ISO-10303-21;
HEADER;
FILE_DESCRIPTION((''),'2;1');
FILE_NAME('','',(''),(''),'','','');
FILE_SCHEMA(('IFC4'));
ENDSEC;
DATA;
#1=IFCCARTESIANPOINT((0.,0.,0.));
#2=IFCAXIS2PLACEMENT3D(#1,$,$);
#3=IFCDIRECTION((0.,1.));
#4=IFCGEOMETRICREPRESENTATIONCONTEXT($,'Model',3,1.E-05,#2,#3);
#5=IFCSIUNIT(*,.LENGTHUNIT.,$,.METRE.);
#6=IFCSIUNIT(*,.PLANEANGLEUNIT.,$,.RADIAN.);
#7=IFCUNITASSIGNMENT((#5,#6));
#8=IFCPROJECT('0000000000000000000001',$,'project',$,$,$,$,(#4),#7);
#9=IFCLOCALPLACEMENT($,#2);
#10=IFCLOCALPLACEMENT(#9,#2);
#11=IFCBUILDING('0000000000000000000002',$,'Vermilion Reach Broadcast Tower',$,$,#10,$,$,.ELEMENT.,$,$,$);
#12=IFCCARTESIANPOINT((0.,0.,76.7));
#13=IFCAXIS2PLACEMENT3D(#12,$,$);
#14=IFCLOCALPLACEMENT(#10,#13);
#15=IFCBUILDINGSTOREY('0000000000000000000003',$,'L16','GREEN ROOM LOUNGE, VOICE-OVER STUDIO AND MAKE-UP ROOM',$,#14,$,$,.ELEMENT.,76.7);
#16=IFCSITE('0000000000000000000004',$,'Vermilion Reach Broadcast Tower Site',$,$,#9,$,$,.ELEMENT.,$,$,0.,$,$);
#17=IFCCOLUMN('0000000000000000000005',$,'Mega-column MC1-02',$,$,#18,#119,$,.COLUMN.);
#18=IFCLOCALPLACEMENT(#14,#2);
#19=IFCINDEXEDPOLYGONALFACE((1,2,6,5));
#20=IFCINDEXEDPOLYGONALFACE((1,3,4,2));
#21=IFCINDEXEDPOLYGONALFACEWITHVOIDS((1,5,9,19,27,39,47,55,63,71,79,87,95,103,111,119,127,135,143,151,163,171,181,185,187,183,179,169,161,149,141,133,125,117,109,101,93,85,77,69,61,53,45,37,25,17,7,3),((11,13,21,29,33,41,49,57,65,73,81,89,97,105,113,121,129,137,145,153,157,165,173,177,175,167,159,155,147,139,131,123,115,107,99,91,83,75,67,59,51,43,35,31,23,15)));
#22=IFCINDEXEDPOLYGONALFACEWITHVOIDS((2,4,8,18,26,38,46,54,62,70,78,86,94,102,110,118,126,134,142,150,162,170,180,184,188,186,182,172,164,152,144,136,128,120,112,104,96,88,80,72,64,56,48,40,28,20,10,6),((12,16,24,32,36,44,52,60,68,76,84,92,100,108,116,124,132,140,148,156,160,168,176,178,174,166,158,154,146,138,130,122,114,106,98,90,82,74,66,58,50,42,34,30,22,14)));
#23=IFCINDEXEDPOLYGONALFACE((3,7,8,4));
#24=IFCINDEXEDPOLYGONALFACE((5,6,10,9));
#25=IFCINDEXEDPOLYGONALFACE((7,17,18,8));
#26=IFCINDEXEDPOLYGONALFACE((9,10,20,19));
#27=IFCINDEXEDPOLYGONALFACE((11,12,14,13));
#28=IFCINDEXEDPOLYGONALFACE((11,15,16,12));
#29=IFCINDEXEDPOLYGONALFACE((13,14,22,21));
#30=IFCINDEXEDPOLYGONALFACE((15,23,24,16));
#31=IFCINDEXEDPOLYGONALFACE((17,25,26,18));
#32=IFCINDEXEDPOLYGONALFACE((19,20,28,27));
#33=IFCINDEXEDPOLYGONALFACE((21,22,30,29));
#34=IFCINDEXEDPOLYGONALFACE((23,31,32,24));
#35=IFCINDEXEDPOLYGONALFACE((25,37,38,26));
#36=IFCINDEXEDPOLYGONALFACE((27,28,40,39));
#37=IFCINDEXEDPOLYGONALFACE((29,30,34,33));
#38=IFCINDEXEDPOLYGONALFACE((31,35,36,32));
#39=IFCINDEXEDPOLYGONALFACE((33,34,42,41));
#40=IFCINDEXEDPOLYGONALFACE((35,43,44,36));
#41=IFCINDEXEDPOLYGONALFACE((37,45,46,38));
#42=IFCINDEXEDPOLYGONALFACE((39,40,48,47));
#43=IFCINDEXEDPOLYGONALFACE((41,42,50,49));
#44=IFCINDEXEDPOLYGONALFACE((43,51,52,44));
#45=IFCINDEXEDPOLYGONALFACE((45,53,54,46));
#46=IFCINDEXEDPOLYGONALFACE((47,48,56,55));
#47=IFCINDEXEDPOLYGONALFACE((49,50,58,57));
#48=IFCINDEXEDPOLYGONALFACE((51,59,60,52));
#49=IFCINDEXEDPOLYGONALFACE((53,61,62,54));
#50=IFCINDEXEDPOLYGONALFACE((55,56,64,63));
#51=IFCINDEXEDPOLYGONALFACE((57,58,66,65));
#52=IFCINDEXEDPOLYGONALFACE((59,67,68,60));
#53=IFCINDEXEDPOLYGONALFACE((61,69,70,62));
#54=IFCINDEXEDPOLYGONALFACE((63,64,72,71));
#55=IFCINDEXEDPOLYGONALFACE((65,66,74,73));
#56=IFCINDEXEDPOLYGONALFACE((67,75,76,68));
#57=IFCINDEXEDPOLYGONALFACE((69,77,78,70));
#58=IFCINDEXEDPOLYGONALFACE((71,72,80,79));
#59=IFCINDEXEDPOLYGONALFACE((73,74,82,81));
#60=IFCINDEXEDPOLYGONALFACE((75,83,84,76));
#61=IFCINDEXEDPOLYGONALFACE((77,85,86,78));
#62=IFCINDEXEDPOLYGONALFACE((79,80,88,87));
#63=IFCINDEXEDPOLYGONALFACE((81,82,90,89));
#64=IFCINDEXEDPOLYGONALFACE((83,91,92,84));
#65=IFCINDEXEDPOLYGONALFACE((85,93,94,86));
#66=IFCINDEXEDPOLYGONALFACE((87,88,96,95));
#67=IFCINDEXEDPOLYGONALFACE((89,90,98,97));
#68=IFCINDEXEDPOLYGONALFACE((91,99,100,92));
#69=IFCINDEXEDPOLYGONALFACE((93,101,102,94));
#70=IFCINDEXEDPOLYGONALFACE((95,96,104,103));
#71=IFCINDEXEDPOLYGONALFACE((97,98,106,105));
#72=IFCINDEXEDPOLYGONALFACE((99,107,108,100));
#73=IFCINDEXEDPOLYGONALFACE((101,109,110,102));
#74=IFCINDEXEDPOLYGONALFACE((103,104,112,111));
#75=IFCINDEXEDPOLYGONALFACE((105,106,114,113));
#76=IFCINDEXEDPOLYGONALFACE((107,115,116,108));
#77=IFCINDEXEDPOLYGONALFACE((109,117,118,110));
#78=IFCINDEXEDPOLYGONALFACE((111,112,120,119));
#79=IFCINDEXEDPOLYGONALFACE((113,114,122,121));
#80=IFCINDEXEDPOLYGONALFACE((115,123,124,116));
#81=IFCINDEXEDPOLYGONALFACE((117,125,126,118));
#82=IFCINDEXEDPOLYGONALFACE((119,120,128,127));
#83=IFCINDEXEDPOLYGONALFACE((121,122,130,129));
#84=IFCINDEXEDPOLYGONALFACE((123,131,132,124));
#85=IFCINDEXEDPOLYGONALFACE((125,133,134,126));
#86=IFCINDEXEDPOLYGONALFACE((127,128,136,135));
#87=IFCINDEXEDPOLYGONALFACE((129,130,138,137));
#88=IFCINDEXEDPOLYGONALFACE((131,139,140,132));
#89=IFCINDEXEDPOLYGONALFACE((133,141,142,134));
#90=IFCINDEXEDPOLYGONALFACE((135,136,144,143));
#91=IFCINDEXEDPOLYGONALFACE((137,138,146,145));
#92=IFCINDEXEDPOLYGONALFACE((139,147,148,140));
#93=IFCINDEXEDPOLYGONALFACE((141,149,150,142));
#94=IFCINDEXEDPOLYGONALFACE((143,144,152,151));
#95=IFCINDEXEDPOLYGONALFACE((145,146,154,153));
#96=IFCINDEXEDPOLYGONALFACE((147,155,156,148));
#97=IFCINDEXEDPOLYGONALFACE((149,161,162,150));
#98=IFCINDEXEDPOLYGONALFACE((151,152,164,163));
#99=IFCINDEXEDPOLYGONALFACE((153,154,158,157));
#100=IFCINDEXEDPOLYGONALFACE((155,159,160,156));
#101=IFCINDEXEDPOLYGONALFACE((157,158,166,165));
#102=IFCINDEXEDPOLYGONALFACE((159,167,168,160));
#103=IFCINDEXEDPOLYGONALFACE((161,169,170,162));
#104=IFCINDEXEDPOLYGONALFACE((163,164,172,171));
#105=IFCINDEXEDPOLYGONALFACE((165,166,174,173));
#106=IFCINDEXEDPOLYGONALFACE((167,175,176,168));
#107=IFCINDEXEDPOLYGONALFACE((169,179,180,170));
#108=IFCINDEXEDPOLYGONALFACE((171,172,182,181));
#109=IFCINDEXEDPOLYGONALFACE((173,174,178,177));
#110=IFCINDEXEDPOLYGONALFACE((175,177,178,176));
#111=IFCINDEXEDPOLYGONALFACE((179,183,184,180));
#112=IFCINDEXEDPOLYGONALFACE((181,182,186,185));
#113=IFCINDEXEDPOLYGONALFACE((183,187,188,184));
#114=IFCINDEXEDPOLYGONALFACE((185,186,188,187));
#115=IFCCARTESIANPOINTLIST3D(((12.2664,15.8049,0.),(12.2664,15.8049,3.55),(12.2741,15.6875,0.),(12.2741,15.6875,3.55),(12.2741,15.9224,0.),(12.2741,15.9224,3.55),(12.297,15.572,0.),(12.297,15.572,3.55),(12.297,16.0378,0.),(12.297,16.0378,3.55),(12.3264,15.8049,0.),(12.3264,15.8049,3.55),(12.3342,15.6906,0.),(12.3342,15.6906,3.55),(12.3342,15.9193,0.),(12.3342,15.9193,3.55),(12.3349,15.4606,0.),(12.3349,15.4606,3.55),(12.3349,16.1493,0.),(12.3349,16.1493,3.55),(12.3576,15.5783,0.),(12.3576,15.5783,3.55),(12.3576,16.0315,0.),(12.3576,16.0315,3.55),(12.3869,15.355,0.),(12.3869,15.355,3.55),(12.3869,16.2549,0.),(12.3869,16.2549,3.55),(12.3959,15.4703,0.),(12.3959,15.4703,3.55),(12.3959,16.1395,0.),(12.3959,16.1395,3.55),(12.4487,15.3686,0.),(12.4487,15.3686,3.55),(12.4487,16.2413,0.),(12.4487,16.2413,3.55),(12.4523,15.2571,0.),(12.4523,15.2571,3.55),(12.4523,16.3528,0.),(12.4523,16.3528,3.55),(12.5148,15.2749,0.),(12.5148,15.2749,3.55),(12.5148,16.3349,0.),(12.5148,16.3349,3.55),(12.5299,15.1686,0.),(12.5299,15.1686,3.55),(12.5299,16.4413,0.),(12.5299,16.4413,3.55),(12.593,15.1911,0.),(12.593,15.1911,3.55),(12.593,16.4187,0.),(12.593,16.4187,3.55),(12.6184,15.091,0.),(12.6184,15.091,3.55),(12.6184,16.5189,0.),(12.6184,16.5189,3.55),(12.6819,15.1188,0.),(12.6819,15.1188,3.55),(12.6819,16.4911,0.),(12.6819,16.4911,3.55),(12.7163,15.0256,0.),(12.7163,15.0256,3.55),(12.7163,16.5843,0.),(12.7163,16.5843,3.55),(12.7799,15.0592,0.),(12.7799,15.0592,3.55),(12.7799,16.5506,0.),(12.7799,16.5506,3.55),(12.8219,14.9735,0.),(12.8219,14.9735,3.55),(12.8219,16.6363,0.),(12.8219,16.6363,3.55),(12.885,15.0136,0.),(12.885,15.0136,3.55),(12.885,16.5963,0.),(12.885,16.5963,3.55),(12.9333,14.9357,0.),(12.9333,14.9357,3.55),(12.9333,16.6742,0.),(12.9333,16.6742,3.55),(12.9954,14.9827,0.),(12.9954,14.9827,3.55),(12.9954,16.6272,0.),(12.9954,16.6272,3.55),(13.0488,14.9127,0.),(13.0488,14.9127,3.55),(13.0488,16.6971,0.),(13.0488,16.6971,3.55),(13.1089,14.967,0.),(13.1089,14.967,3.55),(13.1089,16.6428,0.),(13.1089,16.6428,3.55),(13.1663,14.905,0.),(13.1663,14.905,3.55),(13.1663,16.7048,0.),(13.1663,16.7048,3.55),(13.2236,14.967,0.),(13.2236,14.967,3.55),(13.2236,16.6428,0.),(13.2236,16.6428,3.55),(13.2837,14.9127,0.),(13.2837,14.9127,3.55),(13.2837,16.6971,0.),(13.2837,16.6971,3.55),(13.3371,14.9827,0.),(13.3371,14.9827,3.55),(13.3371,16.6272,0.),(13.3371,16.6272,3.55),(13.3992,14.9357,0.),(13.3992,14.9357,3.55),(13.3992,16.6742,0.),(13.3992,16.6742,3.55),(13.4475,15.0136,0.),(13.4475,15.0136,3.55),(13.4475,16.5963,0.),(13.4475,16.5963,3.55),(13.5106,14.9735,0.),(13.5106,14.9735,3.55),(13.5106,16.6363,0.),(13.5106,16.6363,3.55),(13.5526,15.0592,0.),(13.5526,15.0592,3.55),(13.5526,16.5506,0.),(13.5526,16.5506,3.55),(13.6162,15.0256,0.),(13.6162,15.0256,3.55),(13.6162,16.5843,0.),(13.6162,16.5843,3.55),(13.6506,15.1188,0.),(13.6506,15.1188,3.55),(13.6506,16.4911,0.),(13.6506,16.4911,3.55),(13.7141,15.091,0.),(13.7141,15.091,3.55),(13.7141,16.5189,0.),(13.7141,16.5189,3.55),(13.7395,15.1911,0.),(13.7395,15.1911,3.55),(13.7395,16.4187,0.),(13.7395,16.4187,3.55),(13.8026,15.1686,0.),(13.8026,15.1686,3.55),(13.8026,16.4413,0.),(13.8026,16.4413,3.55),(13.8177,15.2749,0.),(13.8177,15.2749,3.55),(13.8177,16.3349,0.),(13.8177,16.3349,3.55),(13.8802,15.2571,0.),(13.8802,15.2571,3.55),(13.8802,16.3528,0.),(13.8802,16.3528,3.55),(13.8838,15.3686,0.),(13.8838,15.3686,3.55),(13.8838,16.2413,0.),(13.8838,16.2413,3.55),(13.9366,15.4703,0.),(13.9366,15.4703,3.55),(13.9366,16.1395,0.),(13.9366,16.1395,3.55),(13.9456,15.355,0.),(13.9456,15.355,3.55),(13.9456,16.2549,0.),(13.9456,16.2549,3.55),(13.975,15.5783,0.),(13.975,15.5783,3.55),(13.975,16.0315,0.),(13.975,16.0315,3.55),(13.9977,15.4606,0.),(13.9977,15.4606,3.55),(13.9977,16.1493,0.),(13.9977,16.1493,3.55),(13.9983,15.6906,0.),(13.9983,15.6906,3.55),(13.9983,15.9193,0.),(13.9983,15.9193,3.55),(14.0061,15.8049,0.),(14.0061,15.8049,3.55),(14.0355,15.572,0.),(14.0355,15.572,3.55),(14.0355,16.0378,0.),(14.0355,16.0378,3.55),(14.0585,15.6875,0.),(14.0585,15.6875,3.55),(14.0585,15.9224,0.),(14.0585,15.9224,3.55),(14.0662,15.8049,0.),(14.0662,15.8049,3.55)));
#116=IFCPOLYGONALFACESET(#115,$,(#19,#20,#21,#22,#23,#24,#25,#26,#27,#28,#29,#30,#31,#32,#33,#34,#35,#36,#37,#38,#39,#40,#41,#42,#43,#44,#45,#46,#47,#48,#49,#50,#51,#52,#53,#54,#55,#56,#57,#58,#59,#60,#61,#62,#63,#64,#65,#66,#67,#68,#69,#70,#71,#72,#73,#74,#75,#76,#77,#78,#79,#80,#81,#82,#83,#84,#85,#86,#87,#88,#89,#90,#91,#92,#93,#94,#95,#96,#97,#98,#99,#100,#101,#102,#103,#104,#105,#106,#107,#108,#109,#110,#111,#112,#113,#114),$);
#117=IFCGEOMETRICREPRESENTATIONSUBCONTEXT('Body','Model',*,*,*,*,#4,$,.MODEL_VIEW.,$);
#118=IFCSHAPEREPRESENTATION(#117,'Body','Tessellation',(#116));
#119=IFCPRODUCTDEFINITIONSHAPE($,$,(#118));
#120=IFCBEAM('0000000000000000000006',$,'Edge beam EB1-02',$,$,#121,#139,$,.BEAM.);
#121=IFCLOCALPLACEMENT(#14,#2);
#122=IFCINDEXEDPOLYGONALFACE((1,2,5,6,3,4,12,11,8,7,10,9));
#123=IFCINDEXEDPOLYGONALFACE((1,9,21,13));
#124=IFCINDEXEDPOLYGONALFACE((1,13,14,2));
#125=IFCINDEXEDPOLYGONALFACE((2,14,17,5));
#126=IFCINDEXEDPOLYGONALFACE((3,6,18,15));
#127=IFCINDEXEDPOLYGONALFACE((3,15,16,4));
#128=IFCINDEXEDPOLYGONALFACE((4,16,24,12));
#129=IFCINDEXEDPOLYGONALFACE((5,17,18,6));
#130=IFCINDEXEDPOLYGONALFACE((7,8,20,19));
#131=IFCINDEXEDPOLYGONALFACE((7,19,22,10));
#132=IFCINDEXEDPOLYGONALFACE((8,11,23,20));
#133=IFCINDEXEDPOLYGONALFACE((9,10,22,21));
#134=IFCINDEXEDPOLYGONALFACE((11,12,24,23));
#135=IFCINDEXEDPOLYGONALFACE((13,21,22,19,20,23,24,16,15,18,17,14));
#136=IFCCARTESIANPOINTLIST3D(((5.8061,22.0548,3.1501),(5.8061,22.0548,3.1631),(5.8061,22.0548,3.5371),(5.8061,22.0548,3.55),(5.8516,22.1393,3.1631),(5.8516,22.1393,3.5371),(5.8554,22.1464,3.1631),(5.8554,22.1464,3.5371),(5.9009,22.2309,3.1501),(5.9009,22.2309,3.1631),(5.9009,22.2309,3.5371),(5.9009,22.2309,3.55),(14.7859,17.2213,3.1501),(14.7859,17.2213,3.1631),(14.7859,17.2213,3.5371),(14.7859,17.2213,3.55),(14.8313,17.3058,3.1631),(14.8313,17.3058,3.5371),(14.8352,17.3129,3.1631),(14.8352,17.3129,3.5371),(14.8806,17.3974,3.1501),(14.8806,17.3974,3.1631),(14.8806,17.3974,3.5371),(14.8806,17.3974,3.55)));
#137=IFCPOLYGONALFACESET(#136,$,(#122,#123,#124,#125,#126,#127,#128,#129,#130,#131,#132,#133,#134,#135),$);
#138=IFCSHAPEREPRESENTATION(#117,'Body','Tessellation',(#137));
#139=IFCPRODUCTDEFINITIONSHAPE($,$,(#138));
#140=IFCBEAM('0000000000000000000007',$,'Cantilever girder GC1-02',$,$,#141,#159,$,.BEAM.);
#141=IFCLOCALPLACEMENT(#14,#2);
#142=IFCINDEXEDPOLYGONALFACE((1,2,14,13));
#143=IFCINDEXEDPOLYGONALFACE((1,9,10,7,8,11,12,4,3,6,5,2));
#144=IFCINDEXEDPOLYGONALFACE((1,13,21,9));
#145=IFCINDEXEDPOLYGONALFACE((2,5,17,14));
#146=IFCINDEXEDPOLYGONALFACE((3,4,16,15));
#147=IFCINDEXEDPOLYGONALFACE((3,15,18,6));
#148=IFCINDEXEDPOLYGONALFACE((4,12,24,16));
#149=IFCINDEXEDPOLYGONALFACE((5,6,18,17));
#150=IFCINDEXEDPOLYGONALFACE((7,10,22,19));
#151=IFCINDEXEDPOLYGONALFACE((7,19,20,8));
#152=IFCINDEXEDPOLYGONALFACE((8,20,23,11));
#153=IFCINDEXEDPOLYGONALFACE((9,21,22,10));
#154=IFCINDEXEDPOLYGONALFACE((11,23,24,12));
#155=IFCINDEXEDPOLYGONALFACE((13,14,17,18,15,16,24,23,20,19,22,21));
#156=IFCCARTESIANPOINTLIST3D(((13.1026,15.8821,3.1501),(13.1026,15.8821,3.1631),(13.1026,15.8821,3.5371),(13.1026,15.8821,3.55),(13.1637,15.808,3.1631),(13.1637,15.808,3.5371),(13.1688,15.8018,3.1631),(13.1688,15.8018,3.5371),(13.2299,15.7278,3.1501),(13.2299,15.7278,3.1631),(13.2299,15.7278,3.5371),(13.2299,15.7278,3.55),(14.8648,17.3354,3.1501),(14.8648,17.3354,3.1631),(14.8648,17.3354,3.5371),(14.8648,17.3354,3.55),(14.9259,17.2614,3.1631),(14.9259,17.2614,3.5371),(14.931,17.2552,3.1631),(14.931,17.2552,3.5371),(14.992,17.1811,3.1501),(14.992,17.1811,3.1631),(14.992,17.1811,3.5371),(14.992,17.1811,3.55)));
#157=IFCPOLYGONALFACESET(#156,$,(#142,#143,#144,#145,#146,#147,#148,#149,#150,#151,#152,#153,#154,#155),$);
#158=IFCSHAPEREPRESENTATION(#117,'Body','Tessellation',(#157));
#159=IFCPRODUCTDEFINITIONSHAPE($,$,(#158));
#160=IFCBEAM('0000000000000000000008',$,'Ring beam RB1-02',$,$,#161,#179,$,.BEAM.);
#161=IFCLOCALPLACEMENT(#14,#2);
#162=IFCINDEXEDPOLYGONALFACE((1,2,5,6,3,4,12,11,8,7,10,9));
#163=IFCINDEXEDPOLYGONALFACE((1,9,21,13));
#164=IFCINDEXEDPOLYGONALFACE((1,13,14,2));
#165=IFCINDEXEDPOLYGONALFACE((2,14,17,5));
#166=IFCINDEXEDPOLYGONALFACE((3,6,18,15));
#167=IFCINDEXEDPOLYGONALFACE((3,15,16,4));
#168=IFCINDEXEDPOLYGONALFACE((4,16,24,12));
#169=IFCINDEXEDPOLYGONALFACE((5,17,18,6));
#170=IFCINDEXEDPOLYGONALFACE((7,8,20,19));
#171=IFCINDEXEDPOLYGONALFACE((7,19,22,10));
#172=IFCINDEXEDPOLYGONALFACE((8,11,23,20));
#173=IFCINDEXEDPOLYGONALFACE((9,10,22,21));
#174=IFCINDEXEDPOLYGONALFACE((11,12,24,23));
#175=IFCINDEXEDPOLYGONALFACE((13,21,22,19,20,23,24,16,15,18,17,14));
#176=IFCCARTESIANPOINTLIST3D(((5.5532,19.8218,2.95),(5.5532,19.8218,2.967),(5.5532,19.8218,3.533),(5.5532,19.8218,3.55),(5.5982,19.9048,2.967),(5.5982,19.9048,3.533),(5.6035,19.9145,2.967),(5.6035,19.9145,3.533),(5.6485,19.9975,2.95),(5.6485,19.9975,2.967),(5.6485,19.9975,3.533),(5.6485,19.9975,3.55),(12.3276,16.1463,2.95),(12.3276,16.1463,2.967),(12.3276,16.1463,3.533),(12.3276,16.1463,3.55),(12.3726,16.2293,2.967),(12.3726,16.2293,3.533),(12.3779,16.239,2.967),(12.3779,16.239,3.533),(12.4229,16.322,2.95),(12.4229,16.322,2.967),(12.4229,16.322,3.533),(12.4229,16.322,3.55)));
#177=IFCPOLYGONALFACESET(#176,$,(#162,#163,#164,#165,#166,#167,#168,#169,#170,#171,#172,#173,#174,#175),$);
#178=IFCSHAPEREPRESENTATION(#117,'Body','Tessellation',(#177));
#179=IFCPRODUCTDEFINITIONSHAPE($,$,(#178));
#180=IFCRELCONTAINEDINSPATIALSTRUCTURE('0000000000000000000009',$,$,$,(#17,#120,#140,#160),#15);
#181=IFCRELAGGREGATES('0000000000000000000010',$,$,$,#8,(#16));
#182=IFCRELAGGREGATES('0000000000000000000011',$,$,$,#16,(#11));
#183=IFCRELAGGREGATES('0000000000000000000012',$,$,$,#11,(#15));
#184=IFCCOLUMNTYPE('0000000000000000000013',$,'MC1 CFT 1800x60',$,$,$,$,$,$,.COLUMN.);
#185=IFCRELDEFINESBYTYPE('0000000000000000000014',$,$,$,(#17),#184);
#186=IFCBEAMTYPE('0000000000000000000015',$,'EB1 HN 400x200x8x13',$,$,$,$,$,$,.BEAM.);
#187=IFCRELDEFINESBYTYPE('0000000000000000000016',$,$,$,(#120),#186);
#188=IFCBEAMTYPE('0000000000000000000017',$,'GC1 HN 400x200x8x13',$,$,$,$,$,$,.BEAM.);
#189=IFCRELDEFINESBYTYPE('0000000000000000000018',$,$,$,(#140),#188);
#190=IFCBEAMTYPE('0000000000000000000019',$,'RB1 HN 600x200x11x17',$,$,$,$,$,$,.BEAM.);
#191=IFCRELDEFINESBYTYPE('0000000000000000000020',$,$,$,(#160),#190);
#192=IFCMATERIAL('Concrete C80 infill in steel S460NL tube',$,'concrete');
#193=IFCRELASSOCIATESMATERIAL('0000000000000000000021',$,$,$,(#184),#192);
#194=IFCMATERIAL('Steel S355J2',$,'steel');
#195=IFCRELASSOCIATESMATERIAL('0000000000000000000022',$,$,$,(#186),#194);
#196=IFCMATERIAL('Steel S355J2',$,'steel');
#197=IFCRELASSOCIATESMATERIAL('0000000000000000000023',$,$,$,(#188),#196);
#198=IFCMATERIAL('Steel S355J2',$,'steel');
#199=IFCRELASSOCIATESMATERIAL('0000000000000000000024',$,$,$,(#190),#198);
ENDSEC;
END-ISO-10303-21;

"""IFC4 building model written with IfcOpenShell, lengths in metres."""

from ifc_helpers import new_model, si_unit, direction, frame, origin, origin_2d, place, context, subcontext, project, spatial, hollow_circle, i_section, extrude, material, material_profile, profile_set, type_object, element, save


model = new_model("IFC4")

# Units and contexts
model_context = context("Model", 3, precision=1e-05, world=origin(), true_north=direction((0.0, 1.0)))
body_context = subcontext(model_context, "Body", "Model", "MODEL_VIEW")
ifc_project = project(units=[si_unit("LENGTHUNIT", "METRE"), si_unit("PLANEANGLEUNIT", "RADIAN")], contexts=[model_context])

# Site, building, storey
site_placement = place(None, origin())
site = spatial("IfcSite", under=ifc_project, at=site_placement, Name="Vermilion Reach Broadcast Tower Site", CompositionType="ELEMENT", RefElevation=0.0)
building_placement = place(site_placement, origin())
building = spatial("IfcBuilding", under=site, at=building_placement, Name="Vermilion Reach Broadcast Tower", CompositionType="ELEMENT")
storey_placement = place(building_placement, frame((0.0, 0.0, 76.7)))
storey = spatial("IfcBuildingStorey", under=building, at=storey_placement, Name="L16", Description="GREEN ROOM LOUNGE, VOICE-OVER STUDIO AND MAKE-UP ROOM", CompositionType="ELEMENT", Elevation=76.7)

# Column
ifc_material_1 = material(Name="Concrete C80 infill in steel S460NL tube", Category="concrete")
ifc_material_profile_1 = material_profile(ifc_material_1, hollow_circle(Radius=0.8999, WallThickness=0.0601, at=origin_2d()), Name="Concrete C80 infill in steel S460NL tube CFT 1800x60")
ifc_profile_set_1 = profile_set([ifc_material_profile_1], Name="Concrete C80 infill in steel S460NL tube")
column_type = type_object("IfcColumnType", Name="MC1 CFT 1800x60", PredefinedType="COLUMN", material=ifc_profile_set_1)
column_placement = place(storey_placement, frame((13.1663, 15.8049, 0.0), z_axis=(0.0, 0.0, 1.0), x_axis=(1.0, 0.0, 0.0)))
element("IfcColumn", 1, at=column_placement, inside=storey, type_object=column_type, Name="Mega-column MC1-02", PredefinedType="COLUMN", context=body_context, shape_type="SweptSolid", body=[
    extrude(hollow_circle(Radius=0.8999, WallThickness=0.0601, at=origin_2d()), origin(), (0.0, 0.0, 1.0), 3.55),
])

# Beams
ifc_material_2 = material(Name="Steel S355J2", Category="steel")
ifc_material_profile_2 = material_profile(ifc_material_2, i_section(OverallWidth=0.2, OverallDepth=0.3999, WebThickness=0.0081, FlangeThickness=0.0129, at=origin_2d()), Name="S355J2 HN 400x200x8x13")
ifc_profile_set_2 = profile_set([ifc_material_profile_2], Name="Steel S355J2")
beam_type_1 = type_object("IfcBeamType", Name="EB1 HN 400x200x8x13", PredefinedType="BEAM", material=ifc_profile_set_2)
beam_1_placement = place(storey_placement, frame((14.8333, 17.3093, 3.3501), z_axis=(-0.880543, 0.473967, 0.0), x_axis=(-0.473967, -0.880543, 0.0)))
element("IfcBeam", 2, at=beam_1_placement, inside=storey, type_object=beam_type_1, Name="Edge beam EB1-02", PredefinedType="BEAM", context=body_context, shape_type="SweptSolid", body=[
    extrude(i_section(OverallWidth=0.2, OverallDepth=0.3999, WebThickness=0.0081, FlangeThickness=0.0129, at=origin_2d()), origin(), (0.0, 0.0, 1.0), 10.198),
])
ifc_material_3 = material(Name="Steel S355J2", Category="steel")
ifc_material_profile_3 = material_profile(ifc_material_3, i_section(OverallWidth=0.2, OverallDepth=0.3999, WebThickness=0.0081, FlangeThickness=0.0129, at=origin_2d()), Name="S355J2 HN 400x200x8x13")
ifc_profile_set_3 = profile_set([ifc_material_profile_3], Name="Steel S355J2")
beam_type_2 = type_object("IfcBeamType", Name="GC1 HN 400x200x8x13", PredefinedType="BEAM", material=ifc_profile_set_3)
beam_2_placement = place(storey_placement, frame((13.1663, 15.8049, 3.3501), z_axis=(0.77147, 0.636265, 0.0), x_axis=(-0.636265, 0.77147, 0.0)))
element("IfcBeam", 3, at=beam_2_placement, inside=storey, type_object=beam_type_2, Name="Cantilever girder GC1-02", PredefinedType="BEAM", context=body_context, shape_type="SweptSolid", body=[
    extrude(i_section(OverallWidth=0.2, OverallDepth=0.3999, WebThickness=0.0081, FlangeThickness=0.0129, at=origin_2d()), origin(), (0.0, 0.0, 1.0), 2.2842),
])
ifc_material_4 = material(Name="Steel S355J2", Category="steel")
ifc_material_profile_4 = material_profile(ifc_material_4, i_section(OverallWidth=0.2, OverallDepth=0.6001, WebThickness=0.011, FlangeThickness=0.0171, at=origin_2d()), Name="S355J2 HN 600x200x11x17")
ifc_profile_set_4 = profile_set([ifc_material_profile_4], Name="Steel S355J2")
beam_type_3 = type_object("IfcBeamType", Name="RB1 HN 600x200x11x17", PredefinedType="BEAM", material=ifc_profile_set_4)
beam_3_placement = place(storey_placement, frame((12.3752, 16.2341, 3.25), z_axis=(-0.878962, 0.476891, 0.0), x_axis=(-0.476891, -0.878962, 0.0)))
element("IfcBeam", 4, at=beam_3_placement, inside=storey, type_object=beam_type_3, Name="Ring beam RB1-02", PredefinedType="BEAM", context=body_context, shape_type="SweptSolid", body=[
    extrude(i_section(OverallWidth=0.2, OverallDepth=0.6001, WebThickness=0.011, FlangeThickness=0.0171, at=origin_2d()), origin(), (0.0, 0.0, 1.0), 7.7073),
])

save(model, "model.ifc")
